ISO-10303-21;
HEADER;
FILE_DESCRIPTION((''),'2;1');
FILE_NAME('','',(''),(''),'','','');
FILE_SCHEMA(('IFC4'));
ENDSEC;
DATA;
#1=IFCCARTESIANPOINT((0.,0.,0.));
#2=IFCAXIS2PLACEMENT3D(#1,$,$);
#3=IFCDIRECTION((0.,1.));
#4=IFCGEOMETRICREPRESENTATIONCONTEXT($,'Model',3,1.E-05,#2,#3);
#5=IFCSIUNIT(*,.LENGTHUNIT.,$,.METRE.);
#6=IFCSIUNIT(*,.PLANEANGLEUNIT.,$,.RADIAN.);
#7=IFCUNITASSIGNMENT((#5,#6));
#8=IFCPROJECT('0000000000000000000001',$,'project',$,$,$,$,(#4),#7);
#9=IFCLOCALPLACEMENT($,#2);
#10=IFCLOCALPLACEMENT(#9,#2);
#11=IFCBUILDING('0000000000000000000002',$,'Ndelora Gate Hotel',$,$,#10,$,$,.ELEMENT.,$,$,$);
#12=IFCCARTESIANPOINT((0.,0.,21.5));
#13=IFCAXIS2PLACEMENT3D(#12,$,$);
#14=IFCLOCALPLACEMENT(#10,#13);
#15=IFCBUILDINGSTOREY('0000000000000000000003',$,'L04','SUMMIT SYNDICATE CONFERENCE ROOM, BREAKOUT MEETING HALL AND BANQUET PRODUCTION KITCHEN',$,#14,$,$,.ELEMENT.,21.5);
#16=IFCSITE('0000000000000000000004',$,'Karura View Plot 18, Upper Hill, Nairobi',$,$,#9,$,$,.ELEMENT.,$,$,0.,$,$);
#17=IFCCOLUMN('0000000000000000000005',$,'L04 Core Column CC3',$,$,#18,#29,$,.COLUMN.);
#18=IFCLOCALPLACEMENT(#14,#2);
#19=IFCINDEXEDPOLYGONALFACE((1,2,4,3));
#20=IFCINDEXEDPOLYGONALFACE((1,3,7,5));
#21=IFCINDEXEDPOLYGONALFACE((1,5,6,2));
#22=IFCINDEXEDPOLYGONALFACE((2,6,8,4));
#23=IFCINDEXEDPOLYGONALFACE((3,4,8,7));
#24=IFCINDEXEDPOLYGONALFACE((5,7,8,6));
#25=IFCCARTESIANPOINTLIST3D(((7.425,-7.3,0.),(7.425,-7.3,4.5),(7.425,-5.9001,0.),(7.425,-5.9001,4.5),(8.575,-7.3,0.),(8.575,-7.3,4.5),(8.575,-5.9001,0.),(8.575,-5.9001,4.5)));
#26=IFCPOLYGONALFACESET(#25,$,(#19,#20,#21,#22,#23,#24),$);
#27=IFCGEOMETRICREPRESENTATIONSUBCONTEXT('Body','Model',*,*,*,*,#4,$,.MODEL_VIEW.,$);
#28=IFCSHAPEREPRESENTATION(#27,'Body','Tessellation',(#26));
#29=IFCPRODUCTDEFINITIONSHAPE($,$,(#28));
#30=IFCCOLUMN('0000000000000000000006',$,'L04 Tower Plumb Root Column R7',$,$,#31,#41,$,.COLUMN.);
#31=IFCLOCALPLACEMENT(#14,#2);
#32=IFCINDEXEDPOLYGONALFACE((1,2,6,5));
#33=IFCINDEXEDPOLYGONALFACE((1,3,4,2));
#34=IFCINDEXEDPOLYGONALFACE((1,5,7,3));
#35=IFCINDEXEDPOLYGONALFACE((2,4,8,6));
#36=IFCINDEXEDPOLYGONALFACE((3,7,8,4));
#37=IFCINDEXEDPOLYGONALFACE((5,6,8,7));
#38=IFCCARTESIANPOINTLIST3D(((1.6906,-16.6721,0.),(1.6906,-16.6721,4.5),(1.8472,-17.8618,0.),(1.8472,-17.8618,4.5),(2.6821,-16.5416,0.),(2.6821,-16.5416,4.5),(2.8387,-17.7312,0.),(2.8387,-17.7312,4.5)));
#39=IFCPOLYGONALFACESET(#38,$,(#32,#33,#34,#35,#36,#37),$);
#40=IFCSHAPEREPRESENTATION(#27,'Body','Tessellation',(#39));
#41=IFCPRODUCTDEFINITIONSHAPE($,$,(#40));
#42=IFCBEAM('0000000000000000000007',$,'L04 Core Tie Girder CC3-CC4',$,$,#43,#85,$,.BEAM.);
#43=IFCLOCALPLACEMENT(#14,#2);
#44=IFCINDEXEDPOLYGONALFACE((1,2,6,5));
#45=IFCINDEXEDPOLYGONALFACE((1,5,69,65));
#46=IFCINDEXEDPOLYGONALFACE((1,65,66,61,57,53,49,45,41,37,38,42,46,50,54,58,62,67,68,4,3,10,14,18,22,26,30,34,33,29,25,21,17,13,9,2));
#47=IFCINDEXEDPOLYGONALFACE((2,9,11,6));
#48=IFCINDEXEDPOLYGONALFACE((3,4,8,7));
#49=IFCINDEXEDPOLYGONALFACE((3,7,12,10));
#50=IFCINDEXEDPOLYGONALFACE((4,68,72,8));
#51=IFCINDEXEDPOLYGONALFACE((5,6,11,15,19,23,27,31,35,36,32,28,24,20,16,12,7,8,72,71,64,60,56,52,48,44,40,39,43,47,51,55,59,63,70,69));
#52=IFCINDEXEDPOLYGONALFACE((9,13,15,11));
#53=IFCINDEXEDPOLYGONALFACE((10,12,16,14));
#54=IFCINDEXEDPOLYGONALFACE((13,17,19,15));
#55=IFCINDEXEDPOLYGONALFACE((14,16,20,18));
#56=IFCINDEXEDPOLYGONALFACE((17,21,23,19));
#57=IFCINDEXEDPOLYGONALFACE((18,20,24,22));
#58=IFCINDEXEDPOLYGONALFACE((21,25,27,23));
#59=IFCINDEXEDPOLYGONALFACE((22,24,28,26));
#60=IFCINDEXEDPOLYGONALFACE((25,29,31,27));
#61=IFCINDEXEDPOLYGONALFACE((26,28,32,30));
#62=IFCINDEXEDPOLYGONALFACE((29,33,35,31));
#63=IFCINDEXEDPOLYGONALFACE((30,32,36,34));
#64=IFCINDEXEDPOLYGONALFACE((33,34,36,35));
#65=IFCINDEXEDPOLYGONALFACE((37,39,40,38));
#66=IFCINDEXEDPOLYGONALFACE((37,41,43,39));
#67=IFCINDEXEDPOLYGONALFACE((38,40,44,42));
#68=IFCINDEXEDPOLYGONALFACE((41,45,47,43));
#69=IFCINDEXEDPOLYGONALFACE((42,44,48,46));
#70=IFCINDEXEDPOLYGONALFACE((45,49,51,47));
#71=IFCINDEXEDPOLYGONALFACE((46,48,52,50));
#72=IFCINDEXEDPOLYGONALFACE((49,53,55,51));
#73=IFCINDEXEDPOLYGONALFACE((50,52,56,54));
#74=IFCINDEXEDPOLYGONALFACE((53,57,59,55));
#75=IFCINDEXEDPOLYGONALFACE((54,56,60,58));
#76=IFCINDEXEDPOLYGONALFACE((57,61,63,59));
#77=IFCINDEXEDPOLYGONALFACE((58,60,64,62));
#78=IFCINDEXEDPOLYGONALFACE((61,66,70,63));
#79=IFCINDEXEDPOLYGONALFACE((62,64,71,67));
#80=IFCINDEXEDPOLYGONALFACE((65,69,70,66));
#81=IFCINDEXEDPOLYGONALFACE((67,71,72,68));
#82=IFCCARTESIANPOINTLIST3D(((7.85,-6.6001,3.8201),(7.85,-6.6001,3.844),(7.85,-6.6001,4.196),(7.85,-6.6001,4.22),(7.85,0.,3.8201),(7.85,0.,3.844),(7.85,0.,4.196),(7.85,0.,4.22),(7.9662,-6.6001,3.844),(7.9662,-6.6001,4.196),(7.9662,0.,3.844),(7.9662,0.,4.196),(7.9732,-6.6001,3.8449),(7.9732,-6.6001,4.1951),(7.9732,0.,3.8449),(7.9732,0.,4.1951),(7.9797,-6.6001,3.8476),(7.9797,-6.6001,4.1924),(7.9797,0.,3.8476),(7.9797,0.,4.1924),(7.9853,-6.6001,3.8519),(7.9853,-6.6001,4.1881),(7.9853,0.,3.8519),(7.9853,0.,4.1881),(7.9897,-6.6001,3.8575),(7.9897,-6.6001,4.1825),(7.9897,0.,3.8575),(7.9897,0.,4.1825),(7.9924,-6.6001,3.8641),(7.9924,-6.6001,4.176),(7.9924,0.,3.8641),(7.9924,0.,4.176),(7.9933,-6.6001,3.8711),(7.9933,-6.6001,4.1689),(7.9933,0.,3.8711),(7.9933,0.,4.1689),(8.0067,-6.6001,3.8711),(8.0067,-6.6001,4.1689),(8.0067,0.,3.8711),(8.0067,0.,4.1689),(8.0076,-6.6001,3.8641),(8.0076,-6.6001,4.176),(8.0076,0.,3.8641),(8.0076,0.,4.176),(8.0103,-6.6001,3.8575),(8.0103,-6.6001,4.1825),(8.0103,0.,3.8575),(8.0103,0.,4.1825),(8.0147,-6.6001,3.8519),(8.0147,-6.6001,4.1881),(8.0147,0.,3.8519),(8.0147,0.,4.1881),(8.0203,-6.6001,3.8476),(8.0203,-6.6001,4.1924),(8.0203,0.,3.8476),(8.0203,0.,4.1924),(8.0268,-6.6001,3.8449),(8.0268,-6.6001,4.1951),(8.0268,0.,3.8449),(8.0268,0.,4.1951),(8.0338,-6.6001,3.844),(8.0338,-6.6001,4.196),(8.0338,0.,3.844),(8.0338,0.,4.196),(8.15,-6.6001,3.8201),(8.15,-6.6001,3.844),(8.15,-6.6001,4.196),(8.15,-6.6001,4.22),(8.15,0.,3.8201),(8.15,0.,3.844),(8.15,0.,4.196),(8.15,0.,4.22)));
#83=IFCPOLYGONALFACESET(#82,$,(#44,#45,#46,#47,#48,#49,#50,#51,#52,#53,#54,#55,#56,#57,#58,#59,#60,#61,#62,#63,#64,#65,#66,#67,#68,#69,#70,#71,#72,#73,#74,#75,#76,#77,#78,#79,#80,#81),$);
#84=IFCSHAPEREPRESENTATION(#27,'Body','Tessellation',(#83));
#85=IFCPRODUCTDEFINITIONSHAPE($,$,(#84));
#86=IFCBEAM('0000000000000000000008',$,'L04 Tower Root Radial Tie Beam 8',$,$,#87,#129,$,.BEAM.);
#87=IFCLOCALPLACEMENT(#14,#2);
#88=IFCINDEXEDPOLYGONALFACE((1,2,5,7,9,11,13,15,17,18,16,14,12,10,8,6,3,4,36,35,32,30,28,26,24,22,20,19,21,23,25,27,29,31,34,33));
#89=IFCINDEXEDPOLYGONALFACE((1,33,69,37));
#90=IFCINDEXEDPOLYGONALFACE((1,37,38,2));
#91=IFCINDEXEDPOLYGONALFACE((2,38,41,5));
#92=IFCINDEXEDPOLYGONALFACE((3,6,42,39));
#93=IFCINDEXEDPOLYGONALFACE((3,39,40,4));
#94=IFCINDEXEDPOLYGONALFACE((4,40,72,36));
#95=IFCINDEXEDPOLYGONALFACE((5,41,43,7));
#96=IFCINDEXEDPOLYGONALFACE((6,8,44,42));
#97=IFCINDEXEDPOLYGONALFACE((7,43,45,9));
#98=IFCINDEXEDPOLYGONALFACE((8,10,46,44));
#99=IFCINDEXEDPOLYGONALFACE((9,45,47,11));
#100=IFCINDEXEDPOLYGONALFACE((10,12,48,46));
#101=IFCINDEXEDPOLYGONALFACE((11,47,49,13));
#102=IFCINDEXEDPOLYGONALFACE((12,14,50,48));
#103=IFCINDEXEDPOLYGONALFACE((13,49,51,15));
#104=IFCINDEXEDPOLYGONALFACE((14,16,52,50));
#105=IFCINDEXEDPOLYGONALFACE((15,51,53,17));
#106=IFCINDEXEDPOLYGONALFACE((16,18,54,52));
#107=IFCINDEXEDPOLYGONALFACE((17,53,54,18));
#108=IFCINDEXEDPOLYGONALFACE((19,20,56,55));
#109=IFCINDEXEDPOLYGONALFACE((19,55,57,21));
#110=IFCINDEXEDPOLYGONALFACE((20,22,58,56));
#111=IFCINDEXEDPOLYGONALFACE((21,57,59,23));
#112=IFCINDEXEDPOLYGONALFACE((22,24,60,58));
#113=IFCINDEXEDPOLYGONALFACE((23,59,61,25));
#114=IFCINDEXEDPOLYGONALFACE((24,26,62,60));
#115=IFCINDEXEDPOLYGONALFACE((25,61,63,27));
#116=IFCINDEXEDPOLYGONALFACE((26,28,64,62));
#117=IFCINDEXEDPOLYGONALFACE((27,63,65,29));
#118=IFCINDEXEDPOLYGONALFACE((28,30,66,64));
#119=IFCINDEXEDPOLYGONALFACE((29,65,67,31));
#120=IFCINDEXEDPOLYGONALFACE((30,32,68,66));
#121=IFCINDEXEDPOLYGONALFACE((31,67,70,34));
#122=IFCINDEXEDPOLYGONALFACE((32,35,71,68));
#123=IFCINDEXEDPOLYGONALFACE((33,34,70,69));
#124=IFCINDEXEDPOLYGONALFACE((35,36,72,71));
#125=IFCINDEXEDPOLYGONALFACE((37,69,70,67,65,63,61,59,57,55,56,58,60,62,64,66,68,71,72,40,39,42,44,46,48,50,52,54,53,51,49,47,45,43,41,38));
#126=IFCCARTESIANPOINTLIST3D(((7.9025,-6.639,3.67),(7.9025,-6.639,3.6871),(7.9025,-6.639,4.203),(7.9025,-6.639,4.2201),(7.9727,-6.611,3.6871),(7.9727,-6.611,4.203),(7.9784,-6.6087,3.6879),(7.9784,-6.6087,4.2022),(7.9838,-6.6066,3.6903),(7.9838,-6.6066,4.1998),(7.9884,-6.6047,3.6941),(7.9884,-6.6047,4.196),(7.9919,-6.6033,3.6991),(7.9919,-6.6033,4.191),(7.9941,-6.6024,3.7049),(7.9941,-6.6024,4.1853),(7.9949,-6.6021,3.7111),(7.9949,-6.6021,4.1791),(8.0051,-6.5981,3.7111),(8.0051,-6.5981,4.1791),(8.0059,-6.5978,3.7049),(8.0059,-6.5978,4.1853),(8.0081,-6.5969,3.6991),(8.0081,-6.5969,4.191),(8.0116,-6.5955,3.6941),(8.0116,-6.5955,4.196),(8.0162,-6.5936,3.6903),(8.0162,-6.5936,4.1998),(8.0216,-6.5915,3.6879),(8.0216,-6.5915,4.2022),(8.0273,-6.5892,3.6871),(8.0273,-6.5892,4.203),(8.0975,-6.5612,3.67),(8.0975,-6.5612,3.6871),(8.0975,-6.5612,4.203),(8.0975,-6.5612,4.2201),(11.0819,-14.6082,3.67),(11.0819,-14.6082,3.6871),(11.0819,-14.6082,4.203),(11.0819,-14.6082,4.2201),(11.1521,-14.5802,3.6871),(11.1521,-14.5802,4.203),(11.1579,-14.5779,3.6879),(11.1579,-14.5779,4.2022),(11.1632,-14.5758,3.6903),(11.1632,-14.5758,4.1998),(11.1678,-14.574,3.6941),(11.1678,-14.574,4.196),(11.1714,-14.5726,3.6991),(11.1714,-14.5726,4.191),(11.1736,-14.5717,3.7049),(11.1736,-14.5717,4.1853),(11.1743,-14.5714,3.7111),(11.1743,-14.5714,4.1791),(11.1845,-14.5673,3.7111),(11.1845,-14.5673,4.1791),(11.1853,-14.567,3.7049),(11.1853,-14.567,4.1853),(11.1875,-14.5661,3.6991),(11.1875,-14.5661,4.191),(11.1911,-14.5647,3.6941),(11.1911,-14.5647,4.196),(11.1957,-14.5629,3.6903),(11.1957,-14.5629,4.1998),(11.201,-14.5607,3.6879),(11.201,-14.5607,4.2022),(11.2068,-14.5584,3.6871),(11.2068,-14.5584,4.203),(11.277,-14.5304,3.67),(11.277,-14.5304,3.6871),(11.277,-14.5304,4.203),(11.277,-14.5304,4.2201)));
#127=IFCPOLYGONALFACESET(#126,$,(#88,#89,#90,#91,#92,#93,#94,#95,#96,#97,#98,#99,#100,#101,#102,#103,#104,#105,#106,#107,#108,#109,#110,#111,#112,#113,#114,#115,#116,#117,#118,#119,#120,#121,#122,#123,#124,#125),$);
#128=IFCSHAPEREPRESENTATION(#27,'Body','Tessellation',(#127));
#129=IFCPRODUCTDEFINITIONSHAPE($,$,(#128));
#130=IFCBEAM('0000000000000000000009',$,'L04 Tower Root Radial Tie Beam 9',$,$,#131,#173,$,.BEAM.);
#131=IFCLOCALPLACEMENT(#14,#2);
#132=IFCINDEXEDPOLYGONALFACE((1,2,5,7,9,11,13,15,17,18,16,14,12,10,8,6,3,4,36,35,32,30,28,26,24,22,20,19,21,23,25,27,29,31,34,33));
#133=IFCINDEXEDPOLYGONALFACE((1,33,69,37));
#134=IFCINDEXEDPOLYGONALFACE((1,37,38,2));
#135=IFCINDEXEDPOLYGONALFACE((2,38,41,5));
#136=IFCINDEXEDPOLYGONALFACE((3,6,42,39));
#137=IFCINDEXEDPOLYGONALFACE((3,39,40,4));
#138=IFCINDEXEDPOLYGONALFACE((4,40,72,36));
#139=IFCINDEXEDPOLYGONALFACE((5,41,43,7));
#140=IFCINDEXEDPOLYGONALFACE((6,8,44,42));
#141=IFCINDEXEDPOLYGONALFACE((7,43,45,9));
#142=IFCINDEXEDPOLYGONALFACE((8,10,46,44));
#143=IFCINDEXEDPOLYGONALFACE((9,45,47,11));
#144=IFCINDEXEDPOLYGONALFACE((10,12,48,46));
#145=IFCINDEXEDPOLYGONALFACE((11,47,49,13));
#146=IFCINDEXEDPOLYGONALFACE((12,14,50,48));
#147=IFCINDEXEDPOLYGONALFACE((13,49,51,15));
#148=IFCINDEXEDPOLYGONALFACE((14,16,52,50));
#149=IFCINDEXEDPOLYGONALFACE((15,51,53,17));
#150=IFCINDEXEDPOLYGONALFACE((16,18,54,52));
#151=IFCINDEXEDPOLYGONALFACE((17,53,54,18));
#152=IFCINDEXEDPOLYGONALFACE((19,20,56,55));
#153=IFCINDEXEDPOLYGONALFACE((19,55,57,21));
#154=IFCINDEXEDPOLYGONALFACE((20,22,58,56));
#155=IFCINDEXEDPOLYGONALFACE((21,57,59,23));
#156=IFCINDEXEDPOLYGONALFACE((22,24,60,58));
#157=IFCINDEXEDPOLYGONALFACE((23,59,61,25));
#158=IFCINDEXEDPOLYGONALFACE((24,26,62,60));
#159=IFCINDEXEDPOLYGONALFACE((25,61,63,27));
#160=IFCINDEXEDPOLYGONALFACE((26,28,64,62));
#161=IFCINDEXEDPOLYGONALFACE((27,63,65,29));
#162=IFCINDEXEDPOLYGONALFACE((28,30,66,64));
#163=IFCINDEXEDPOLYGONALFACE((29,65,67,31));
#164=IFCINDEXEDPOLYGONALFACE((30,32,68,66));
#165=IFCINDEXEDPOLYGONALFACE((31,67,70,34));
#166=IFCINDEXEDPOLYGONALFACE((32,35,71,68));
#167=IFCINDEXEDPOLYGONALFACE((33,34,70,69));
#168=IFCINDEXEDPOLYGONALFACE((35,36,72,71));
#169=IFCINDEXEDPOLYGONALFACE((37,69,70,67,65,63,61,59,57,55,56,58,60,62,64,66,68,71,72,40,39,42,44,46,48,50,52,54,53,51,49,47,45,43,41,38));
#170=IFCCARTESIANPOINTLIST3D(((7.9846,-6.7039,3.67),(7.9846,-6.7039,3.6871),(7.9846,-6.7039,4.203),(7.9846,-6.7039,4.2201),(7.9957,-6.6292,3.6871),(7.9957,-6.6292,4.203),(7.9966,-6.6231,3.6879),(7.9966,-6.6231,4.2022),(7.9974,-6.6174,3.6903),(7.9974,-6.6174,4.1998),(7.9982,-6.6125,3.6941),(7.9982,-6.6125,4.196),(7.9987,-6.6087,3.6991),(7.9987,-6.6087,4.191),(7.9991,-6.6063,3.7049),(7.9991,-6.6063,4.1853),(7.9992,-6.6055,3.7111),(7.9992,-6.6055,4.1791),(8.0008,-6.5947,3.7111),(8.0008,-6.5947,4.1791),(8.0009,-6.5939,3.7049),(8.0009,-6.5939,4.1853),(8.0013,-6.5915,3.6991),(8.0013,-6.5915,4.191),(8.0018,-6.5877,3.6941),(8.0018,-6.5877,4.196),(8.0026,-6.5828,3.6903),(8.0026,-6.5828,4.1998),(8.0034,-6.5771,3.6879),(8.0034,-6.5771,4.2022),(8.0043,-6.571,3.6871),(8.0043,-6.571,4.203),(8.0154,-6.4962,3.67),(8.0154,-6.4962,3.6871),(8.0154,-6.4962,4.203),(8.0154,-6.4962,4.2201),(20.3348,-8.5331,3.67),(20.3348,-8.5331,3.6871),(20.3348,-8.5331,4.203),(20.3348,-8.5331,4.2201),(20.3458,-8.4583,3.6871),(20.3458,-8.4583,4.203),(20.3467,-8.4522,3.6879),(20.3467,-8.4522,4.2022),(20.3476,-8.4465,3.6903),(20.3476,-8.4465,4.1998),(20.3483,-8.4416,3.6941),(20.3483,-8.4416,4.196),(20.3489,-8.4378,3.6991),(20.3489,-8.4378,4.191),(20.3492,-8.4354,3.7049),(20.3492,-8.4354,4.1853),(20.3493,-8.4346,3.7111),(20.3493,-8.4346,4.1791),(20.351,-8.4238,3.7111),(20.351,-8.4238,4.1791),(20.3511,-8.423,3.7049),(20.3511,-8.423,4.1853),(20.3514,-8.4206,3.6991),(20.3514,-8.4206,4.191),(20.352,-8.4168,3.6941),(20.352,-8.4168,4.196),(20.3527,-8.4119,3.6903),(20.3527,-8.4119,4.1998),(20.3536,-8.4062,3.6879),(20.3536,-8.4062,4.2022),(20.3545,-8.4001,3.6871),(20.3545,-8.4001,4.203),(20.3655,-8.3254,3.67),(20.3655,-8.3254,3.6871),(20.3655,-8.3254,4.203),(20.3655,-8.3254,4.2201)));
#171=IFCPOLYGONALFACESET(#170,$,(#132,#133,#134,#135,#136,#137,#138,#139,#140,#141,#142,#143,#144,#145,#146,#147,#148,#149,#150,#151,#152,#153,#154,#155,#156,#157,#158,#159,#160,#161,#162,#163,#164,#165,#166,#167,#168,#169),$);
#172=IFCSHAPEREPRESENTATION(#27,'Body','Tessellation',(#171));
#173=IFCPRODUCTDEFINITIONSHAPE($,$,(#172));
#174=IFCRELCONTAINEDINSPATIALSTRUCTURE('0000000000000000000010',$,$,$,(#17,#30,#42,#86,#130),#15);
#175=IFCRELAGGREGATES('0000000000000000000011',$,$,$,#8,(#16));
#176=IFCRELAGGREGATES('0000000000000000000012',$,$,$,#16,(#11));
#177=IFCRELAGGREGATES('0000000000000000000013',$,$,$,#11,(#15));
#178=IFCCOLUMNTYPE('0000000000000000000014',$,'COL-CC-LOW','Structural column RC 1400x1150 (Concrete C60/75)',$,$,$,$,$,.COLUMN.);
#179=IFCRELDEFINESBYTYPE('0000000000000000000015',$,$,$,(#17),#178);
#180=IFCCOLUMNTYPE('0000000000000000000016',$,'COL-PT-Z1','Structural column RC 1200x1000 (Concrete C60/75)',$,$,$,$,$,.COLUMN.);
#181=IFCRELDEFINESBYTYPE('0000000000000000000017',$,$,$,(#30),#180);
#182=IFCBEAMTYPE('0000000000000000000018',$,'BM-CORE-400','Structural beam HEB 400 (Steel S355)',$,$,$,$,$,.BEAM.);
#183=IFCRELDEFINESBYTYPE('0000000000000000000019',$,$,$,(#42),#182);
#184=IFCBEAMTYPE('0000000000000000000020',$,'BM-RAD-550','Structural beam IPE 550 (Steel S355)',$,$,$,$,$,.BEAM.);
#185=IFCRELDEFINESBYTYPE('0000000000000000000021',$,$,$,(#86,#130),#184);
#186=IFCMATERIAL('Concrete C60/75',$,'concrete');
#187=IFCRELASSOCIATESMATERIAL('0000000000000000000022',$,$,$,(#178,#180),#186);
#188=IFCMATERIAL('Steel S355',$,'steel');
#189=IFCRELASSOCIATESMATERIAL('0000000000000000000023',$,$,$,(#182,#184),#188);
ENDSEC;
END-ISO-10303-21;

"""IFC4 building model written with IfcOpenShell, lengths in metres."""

from ifc_helpers import new_model, si_unit, direction, frame, origin, origin_2d, place, context, subcontext, project, spatial, rectangle, i_section, extrude, material, material_profile, profile_set, type_object, element, save


model = new_model("IFC4")

# Units and contexts
model_context = context("Model", 3, precision=1e-05, world=origin(), true_north=direction((0.0, 1.0)))
body_context = subcontext(model_context, "Body", "Model", "MODEL_VIEW")
ifc_project = project(units=[si_unit("LENGTHUNIT", "METRE"), si_unit("PLANEANGLEUNIT", "RADIAN")], contexts=[model_context])

# Site, building, storey
site_placement = place(None, origin())
site = spatial("IfcSite", under=ifc_project, at=site_placement, Name="Karura View Plot 18, Upper Hill, Nairobi", CompositionType="ELEMENT", RefElevation=0.0)
building_placement = place(site_placement, origin())
building = spatial("IfcBuilding", under=site, at=building_placement, Name="Ndelora Gate Hotel", CompositionType="ELEMENT")
storey_placement = place(building_placement, frame((0.0, 0.0, 21.5)))
storey = spatial("IfcBuildingStorey", under=building, at=storey_placement, Name="L04", Description="SUMMIT SYNDICATE CONFERENCE ROOM, BREAKOUT MEETING HALL AND BANQUET PRODUCTION KITCHEN", CompositionType="ELEMENT", Elevation=21.5)

# Columns
ifc_material_1 = material(Name="Concrete C60/75", Category="concrete")
ifc_material_profile_1 = material_profile(ifc_material_1, rectangle(XDim=1.1499, YDim=1.3999, at=origin_2d()), Name="RC 1400x1150")
ifc_profile_set_1 = profile_set([ifc_material_profile_1], Name="Concrete C60/75")
column_type_1 = type_object("IfcColumnType", Name="COL-CC-LOW", Description="Structural column RC 1400x1150 (Concrete C60/75)", PredefinedType="COLUMN", material=ifc_profile_set_1)
column_1_placement = place(storey_placement, frame((8.0, -6.6001, 0.0), z_axis=(0.0, 0.0, 1.0), x_axis=(1.0, 0.0, 0.0)))
element("IfcColumn", 1, at=column_1_placement, inside=storey, type_object=column_type_1, Name="L04 Core Column CC3", PredefinedType="COLUMN", context=body_context, shape_type="SweptSolid", body=[
    extrude(rectangle(XDim=1.1499, YDim=1.3999, at=origin_2d()), origin(), (0.0, 0.0, 1.0), 4.5),
])
ifc_material_profile_2 = material_profile(ifc_material_1, rectangle(XDim=1.0, YDim=1.2, at=origin_2d()), Name="RC 1200x1000")
ifc_profile_set_2 = profile_set([ifc_material_profile_2], Name="Concrete C60/75")
column_type_2 = type_object("IfcColumnType", Name="COL-PT-Z1", Description="Structural column RC 1200x1000 (Concrete C60/75)", PredefinedType="COLUMN", material=ifc_profile_set_2)
column_2_placement = place(storey_placement, frame((2.2646, -17.2017, 0.0), z_axis=(0.0, 0.0, 1.0), x_axis=(0.991445, 0.130526, 0.0)))
element("IfcColumn", 2, at=column_2_placement, inside=storey, type_object=column_type_2, Name="L04 Tower Plumb Root Column R7", PredefinedType="COLUMN", context=body_context, shape_type="SweptSolid", body=[
    extrude(rectangle(XDim=1.0, YDim=1.2, at=origin_2d()), origin(), (0.0, 0.0, 1.0), 4.5),
])

# Beams
ifc_material_2 = material(Name="Steel S355", Category="steel")
ifc_material_profile_3 = material_profile(ifc_material_2, i_section(OverallWidth=0.3, OverallDepth=0.3999, WebThickness=0.0134, FlangeThickness=0.0239, FilletRadius=0.0271, at=origin_2d()), Name="HEB 400")
ifc_profile_set_3 = profile_set([ifc_material_profile_3], Name="Steel S355")
beam_type_1 = type_object("IfcBeamType", Name="BM-CORE-400", Description="Structural beam HEB 400 (Steel S355)", PredefinedType="BEAM", material=ifc_profile_set_3)
beam_1_placement = place(storey_placement, frame((8.0, -6.6001, 4.02), z_axis=(0.0, 1.0, 0.0), x_axis=(-1.0, 0.0, 0.0)))
element("IfcBeam", 3, at=beam_1_placement, inside=storey, type_object=beam_type_1, Name="L04 Core Tie Girder CC3-CC4", PredefinedType="BEAM", context=body_context, shape_type="SweptSolid", body=[
    extrude(i_section(OverallWidth=0.3, OverallDepth=0.3999, WebThickness=0.0134, FlangeThickness=0.0239, FilletRadius=0.0271, at=origin_2d()), origin(), (0.0, 0.0, 1.0), 6.6001),
])
ifc_material_profile_4 = material_profile(ifc_material_2, i_section(OverallWidth=0.21, OverallDepth=0.55, WebThickness=0.011, FlangeThickness=0.0171, FilletRadius=0.0239, at=origin_2d()), Name="IPE 550")
ifc_profile_set_4 = profile_set([ifc_material_profile_4], Name="Steel S355")
beam_type_2 = type_object("IfcBeamType", Name="BM-RAD-550", Description="Structural beam IPE 550 (Steel S355)", PredefinedType="BEAM", material=ifc_profile_set_4)
beam_2_placement = place(storey_placement, frame((8.0, -6.6001, 3.9451), z_axis=(0.370561, -0.928808, 0.0), x_axis=(0.928808, 0.370561, 0.0)))
element("IfcBeam", 4, at=beam_2_placement, inside=storey, type_object=beam_type_2, Name="L04 Tower Root Radial Tie Beam 8", PredefinedType="BEAM", context=body_context, shape_type="SweptSolid", body=[
    extrude(i_section(OverallWidth=0.21, OverallDepth=0.55, WebThickness=0.011, FlangeThickness=0.0171, FilletRadius=0.0239, at=origin_2d()), origin(), (0.0, 0.0, 1.0), 8.5801),
])
beam_3_placement = place(storey_placement, frame((8.0, -6.6001, 3.9451), z_axis=(0.98921, -0.146506, 0.0), x_axis=(0.146506, 0.98921, 0.0)))
element("IfcBeam", 5, at=beam_3_placement, inside=storey, type_object=beam_type_2, Name="L04 Tower Root Radial Tie Beam 9", PredefinedType="BEAM", context=body_context, shape_type="SweptSolid", body=[
    extrude(i_section(OverallWidth=0.21, OverallDepth=0.55, WebThickness=0.011, FlangeThickness=0.0171, FilletRadius=0.0239, at=origin_2d()), origin(), (0.0, 0.0, 1.0), 12.4849),
])

save(model, "model.ifc")
